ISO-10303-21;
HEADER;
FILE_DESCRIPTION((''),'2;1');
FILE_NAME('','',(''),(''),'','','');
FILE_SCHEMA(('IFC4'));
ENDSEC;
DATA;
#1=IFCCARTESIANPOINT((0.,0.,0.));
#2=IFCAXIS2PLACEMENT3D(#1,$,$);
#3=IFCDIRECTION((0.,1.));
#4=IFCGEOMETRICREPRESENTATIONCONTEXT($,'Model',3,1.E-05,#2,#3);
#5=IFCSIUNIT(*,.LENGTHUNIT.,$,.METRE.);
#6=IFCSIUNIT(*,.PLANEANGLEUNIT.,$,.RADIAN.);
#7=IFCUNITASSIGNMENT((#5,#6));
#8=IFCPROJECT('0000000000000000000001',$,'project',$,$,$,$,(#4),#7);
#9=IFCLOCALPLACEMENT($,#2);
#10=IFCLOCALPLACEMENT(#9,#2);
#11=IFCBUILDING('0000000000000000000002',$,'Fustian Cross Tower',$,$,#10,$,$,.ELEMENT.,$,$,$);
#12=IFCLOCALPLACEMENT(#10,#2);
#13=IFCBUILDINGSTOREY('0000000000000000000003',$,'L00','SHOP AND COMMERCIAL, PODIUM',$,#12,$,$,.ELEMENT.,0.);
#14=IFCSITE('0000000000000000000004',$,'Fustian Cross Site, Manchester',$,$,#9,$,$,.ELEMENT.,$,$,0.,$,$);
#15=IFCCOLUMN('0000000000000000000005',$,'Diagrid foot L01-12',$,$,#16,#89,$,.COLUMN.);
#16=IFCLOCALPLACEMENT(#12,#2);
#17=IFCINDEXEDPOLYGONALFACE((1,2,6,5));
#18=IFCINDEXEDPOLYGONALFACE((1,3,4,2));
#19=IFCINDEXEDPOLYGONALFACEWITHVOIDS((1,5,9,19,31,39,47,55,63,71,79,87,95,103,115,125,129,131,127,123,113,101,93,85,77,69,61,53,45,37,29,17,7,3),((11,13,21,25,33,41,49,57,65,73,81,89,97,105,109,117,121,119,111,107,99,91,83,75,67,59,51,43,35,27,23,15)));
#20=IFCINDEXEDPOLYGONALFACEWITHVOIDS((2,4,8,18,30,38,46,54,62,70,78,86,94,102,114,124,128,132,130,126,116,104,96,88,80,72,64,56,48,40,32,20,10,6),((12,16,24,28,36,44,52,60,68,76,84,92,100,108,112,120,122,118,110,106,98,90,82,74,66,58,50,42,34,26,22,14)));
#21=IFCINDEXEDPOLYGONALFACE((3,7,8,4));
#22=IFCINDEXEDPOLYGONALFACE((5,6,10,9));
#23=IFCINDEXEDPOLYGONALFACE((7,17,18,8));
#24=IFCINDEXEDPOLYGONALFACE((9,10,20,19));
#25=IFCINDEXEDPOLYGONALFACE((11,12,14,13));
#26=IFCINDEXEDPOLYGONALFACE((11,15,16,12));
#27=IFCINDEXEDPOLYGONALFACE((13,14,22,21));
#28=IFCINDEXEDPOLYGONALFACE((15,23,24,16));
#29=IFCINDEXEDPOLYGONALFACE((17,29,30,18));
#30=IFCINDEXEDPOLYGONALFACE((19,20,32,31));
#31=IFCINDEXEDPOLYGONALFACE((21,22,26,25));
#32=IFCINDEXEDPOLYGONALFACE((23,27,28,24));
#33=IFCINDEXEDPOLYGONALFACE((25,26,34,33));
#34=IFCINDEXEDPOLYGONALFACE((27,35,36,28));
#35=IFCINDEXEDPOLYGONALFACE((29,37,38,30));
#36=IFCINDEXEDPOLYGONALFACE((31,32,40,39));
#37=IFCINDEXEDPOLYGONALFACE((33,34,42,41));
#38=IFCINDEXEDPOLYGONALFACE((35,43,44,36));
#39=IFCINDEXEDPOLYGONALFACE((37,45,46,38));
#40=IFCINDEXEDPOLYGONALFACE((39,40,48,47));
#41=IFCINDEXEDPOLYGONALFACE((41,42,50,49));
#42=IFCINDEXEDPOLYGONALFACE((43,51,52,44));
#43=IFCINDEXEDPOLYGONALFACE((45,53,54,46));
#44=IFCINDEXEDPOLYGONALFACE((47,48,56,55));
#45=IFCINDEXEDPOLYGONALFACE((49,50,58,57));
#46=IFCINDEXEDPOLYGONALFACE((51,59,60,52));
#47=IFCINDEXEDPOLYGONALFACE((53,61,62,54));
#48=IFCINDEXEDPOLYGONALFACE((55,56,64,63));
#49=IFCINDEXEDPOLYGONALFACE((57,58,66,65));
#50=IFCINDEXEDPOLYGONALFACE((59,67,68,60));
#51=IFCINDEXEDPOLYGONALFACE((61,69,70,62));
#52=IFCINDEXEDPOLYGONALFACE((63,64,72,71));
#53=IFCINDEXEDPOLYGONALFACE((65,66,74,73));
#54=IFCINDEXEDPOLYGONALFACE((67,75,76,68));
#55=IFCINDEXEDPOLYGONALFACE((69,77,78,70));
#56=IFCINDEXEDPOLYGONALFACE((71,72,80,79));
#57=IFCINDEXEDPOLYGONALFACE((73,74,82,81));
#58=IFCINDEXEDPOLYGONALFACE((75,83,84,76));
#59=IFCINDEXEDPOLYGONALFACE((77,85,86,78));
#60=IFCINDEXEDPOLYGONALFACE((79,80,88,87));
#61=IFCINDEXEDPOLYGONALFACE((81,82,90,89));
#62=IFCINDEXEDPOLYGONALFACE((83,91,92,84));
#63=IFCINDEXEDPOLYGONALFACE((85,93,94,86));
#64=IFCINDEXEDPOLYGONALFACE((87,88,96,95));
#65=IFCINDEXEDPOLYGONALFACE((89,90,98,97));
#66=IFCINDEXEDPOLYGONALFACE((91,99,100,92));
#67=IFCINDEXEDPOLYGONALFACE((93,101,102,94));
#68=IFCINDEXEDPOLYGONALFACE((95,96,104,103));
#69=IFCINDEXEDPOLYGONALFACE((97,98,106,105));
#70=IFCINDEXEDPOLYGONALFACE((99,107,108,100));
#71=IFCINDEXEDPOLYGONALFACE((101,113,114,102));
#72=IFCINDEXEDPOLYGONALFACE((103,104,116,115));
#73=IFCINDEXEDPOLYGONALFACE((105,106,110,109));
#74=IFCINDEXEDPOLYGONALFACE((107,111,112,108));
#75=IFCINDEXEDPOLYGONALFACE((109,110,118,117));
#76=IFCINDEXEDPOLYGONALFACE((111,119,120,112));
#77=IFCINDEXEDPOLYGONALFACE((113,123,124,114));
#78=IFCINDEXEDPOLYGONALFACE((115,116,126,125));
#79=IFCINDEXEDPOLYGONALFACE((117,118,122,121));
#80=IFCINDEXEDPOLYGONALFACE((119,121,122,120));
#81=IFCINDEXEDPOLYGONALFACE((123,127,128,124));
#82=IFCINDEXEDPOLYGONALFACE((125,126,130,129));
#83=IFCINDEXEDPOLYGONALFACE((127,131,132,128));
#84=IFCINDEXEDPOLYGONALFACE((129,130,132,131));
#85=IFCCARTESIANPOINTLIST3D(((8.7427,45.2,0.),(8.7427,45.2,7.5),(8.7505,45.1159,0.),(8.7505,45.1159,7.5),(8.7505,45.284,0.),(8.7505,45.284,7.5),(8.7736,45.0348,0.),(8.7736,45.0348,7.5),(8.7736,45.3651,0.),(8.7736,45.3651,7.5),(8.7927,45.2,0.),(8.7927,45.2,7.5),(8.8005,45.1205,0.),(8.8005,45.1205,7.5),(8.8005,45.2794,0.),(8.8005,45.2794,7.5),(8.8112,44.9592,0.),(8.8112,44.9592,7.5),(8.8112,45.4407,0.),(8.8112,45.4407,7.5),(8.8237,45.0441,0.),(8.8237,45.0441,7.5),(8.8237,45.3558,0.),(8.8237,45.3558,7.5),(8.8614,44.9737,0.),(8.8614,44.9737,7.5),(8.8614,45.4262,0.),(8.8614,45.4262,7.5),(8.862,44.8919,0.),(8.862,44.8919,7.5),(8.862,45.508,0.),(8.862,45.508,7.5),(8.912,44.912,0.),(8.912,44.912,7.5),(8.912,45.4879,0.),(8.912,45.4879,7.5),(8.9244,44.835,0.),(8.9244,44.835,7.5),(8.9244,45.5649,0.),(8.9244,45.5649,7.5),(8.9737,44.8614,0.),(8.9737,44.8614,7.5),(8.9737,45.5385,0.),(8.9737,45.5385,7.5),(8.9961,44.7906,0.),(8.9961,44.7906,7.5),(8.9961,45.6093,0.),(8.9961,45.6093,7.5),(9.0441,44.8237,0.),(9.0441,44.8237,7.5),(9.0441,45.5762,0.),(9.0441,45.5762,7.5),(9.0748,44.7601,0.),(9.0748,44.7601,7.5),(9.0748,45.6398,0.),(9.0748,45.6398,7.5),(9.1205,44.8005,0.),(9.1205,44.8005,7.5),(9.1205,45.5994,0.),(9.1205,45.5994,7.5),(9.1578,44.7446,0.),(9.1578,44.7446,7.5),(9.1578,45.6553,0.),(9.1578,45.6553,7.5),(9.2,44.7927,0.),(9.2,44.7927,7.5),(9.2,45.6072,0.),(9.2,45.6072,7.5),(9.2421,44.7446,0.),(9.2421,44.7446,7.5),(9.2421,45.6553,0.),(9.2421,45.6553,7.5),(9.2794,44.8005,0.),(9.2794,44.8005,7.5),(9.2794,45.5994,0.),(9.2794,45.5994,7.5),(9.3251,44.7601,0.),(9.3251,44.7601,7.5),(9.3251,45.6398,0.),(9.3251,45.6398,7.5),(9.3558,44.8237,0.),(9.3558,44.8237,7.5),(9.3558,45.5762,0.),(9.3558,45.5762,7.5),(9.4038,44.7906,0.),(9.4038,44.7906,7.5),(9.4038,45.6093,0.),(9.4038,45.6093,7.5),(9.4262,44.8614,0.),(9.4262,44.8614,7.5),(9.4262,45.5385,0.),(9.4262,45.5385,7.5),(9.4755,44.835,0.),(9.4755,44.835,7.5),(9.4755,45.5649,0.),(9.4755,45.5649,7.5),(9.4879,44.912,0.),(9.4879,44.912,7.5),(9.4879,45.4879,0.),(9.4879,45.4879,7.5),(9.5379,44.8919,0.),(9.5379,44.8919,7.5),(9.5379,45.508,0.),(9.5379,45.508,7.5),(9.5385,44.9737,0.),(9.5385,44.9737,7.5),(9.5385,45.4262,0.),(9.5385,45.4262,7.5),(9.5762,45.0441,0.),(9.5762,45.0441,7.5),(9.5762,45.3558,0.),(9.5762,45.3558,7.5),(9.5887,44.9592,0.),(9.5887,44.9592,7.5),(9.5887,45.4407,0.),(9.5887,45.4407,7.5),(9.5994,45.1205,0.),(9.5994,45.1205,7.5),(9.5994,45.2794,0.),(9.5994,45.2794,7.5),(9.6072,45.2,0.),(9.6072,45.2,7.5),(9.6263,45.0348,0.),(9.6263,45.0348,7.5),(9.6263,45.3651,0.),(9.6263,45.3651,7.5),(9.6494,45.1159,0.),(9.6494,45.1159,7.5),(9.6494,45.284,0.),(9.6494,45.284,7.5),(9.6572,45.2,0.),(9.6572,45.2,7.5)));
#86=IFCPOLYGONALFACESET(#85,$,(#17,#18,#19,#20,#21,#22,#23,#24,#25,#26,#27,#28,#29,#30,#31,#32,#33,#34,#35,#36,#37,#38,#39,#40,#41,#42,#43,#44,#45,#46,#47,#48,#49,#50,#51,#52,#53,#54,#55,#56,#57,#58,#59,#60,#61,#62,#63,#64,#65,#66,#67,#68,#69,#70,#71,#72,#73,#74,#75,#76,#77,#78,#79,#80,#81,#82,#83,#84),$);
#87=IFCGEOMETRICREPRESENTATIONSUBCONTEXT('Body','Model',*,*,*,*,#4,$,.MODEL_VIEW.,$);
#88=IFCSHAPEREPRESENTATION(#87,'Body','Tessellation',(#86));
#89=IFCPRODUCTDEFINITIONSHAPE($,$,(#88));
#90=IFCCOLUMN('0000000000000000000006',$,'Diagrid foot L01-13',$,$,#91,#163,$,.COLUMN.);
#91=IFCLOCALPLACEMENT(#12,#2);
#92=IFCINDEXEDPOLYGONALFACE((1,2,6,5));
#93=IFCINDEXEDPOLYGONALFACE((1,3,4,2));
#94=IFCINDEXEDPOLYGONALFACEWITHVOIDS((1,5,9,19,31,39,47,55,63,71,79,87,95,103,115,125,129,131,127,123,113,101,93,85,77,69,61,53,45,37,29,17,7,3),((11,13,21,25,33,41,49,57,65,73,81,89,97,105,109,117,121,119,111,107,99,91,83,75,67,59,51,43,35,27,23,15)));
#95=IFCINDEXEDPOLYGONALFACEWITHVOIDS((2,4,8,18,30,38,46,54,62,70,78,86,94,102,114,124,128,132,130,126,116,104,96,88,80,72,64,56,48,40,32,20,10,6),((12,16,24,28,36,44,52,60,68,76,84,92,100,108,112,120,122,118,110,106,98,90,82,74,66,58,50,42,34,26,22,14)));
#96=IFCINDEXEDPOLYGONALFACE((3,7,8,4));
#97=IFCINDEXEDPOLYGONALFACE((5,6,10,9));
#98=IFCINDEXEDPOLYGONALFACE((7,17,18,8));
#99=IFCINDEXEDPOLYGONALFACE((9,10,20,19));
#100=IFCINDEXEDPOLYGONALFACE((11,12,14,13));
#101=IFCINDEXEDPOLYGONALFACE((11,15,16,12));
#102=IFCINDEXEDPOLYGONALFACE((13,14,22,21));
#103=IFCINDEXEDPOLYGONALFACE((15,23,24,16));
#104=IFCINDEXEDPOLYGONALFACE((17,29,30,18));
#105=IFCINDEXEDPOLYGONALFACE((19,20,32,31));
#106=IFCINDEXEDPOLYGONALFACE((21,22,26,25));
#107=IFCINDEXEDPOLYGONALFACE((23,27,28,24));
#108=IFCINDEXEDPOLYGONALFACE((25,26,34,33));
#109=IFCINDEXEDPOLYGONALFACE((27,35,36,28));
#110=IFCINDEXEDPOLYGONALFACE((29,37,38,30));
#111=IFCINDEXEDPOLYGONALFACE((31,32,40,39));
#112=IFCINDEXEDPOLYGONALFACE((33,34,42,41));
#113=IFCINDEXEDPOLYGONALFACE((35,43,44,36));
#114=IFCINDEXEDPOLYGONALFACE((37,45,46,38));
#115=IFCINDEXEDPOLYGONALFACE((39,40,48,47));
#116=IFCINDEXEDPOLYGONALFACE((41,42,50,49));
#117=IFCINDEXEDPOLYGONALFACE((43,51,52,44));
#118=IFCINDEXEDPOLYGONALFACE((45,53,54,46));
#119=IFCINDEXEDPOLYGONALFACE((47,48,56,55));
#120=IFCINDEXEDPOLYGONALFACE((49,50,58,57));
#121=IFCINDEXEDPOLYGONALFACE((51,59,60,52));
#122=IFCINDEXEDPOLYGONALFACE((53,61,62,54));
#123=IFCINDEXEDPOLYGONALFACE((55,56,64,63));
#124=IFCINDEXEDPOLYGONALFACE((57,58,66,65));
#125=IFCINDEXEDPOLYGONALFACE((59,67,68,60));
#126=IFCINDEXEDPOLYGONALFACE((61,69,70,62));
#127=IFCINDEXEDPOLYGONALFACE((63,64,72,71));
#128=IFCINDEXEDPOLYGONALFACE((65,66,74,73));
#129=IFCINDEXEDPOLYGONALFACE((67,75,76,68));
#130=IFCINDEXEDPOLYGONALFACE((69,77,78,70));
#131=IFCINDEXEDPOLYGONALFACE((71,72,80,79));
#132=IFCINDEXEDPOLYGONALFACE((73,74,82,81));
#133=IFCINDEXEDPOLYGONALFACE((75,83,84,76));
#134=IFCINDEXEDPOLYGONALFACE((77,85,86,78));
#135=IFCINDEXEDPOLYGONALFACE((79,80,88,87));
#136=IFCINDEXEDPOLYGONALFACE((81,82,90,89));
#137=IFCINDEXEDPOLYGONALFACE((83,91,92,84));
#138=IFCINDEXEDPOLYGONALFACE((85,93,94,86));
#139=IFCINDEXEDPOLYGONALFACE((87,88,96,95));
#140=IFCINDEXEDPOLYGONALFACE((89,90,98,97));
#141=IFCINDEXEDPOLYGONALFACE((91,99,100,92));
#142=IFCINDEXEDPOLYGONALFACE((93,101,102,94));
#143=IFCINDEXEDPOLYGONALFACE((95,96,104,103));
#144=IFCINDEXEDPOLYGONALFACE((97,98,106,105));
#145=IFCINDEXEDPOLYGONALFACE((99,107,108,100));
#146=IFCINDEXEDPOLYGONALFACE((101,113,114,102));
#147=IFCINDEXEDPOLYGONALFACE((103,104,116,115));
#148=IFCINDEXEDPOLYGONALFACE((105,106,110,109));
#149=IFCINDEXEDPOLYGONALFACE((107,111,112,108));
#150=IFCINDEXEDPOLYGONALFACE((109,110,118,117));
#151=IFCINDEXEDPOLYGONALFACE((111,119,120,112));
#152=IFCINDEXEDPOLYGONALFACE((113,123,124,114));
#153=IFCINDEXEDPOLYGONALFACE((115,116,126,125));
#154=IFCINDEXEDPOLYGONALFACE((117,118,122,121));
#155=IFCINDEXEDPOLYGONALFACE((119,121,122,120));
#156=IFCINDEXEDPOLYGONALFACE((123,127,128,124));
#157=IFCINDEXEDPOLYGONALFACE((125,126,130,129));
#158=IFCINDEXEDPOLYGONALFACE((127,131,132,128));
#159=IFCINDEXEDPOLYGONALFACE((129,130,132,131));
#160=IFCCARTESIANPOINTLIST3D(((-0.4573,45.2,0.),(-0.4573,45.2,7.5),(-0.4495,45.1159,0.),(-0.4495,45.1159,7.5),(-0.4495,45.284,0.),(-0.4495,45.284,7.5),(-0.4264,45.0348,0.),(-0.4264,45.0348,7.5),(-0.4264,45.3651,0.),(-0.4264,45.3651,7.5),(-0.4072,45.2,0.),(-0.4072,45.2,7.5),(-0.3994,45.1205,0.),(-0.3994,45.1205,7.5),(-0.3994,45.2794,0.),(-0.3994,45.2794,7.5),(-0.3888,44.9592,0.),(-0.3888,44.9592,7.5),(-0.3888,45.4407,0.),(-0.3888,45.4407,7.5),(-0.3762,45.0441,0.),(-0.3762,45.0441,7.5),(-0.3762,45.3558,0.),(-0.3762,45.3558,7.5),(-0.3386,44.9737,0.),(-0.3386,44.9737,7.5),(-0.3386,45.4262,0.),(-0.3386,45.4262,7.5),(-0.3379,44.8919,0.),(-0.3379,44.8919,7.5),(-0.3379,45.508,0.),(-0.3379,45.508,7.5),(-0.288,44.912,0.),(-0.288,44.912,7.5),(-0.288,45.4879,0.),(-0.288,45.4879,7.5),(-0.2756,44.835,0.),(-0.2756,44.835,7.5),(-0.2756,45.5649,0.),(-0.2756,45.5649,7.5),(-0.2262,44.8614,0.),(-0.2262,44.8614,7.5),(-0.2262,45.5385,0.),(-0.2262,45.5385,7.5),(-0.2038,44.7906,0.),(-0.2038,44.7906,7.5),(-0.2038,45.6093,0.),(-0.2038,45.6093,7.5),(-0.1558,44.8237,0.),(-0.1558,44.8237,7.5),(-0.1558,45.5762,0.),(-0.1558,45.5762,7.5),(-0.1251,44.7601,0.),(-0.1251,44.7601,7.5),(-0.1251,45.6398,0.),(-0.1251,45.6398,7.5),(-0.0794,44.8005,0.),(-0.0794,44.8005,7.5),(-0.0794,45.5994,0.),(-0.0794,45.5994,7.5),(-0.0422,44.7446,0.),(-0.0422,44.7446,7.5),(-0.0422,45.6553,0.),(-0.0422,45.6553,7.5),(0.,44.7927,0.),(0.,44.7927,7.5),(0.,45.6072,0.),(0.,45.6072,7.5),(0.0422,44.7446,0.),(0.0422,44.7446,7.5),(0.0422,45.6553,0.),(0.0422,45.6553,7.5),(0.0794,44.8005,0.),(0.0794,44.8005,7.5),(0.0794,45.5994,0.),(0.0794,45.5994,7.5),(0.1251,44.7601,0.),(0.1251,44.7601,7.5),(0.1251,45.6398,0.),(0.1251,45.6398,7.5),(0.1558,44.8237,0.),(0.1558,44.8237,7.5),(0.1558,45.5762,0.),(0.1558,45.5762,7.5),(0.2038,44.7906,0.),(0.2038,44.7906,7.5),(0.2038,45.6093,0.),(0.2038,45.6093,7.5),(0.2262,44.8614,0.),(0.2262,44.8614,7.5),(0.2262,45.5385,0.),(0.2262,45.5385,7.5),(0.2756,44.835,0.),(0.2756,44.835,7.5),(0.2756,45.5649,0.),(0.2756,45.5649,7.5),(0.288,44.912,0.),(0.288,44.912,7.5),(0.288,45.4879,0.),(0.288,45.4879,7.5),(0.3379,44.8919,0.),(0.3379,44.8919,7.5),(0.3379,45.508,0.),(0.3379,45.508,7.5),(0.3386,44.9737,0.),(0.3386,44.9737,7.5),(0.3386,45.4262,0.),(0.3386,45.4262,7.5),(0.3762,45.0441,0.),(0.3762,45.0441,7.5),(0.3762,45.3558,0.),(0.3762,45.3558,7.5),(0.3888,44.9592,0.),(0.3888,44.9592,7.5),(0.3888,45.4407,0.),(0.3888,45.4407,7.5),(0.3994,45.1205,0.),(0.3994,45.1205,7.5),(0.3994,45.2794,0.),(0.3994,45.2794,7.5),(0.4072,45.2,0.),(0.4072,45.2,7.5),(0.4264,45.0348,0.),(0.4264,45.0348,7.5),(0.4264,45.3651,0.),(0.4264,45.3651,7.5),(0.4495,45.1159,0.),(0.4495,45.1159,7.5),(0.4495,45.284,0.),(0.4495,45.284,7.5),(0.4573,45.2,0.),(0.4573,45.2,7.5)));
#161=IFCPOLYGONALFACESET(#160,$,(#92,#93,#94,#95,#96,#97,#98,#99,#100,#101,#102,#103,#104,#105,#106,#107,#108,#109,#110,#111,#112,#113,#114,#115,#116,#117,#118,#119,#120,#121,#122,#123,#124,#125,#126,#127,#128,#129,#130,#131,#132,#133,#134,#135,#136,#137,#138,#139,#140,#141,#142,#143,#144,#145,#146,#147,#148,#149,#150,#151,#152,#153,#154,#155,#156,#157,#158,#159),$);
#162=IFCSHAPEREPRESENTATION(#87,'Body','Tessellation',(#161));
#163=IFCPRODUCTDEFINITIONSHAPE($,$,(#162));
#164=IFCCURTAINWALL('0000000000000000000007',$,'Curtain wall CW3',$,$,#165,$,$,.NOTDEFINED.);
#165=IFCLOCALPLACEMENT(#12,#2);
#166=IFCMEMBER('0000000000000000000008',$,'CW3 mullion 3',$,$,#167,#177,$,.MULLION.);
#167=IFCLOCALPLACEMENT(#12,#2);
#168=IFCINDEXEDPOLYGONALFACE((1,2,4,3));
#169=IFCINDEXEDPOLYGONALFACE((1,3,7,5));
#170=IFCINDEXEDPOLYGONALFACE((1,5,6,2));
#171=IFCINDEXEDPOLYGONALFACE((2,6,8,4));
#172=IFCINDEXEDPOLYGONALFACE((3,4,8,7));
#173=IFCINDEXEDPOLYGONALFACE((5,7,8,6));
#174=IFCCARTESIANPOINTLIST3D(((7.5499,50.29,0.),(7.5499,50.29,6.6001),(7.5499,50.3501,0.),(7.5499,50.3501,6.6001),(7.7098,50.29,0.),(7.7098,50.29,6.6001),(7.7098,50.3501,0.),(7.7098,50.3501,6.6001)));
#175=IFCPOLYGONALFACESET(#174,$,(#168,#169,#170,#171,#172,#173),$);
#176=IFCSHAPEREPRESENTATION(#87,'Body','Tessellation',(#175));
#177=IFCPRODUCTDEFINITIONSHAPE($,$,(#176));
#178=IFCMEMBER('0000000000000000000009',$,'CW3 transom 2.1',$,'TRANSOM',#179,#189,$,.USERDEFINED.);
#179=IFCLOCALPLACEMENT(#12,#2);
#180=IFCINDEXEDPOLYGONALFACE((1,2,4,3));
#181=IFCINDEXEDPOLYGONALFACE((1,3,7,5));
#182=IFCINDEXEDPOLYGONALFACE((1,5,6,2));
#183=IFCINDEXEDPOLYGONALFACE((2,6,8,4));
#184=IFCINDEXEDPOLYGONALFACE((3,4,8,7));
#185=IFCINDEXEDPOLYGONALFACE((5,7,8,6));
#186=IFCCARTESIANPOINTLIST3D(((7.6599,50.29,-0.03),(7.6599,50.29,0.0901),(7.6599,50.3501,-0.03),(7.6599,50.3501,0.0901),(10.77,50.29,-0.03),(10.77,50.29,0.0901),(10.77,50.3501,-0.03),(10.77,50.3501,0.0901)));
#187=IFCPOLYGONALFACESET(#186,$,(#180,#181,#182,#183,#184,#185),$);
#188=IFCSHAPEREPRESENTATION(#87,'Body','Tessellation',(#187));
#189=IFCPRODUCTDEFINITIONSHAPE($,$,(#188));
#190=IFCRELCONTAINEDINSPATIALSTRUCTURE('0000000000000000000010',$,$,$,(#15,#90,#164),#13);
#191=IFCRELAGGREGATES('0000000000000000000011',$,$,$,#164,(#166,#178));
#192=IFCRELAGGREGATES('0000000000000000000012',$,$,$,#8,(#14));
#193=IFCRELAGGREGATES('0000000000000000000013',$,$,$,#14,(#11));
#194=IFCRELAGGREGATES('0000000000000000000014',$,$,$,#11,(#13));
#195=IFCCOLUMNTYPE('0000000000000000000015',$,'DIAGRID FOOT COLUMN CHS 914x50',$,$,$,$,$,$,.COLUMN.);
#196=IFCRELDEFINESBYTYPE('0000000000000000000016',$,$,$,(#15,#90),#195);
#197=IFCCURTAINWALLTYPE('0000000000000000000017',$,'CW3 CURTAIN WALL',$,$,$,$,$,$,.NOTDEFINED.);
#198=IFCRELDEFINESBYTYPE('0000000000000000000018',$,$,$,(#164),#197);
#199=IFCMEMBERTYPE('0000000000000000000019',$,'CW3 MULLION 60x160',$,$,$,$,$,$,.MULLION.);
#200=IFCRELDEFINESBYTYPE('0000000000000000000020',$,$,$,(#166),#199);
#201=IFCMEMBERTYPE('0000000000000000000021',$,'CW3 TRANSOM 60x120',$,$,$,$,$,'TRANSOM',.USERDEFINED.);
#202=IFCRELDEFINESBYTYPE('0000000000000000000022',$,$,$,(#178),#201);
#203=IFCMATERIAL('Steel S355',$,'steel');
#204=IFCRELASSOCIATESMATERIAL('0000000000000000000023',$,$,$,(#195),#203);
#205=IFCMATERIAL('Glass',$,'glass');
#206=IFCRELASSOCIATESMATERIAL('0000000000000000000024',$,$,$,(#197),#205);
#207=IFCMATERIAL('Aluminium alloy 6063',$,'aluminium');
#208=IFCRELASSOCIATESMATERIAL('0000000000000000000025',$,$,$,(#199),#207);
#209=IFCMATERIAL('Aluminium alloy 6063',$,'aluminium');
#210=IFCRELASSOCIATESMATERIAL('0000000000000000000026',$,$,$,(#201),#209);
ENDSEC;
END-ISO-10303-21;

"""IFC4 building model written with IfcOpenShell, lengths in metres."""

from ifc_helpers import new_model, si_unit, direction, frame, origin, origin_2d, place, context, subcontext, project, spatial, rectangle, hollow_circle, extrude, material, material_profile, profile_set, type_object, element, aggregate, save


model = new_model("IFC4")

# Units and contexts
model_context = context("Model", 3, precision=1e-05, world=origin(), true_north=direction((0.0, 1.0)))
body_context = subcontext(model_context, "Body", "Model", "MODEL_VIEW")
ifc_project = project(units=[si_unit("LENGTHUNIT", "METRE"), si_unit("PLANEANGLEUNIT", "RADIAN")], contexts=[model_context])

# Site, building, storey
site_placement = place(None, origin())
site = spatial("IfcSite", under=ifc_project, at=site_placement, Name="Fustian Cross Site, Manchester", CompositionType="ELEMENT", RefElevation=0.0)
building_placement = place(site_placement, origin())
building = spatial("IfcBuilding", under=site, at=building_placement, Name="Fustian Cross Tower", CompositionType="ELEMENT")
storey_placement = place(building_placement, origin())
storey = spatial("IfcBuildingStorey", under=building, at=storey_placement, Name="L00", Description="SHOP AND COMMERCIAL, PODIUM", CompositionType="ELEMENT", Elevation=0.0)

# Columns
ifc_material_1 = material(Name="Steel S355", Category="steel")
ifc_material_profile_1 = material_profile(ifc_material_1, hollow_circle(Radius=0.4573, WallThickness=0.05, at=origin_2d()), Name="CHS 914x50")
ifc_profile_set_1 = profile_set([ifc_material_profile_1], Name="Steel S355")
column_type_1 = type_object("IfcColumnType", Name="DIAGRID FOOT COLUMN CHS 914x50", PredefinedType="COLUMN", material=ifc_profile_set_1)
for number, where, z_axis, x_axis, name in (
    (1, (9.2, 45.2, 0.0), (0.0, 0.0, 1.0), (1.0, 0.0, 0.0), "Diagrid foot L01-12"),
    (2, (0.0, 45.2, 0.0), (0.0, 0.0, 1.0), (1.0, 0.0, 0.0), "Diagrid foot L01-13"),
):
    element("IfcColumn", number, at=place(storey_placement, frame(where, z_axis=z_axis, x_axis=x_axis)), inside=storey, type_object=column_type_1, Name=name, PredefinedType="COLUMN", context=body_context, shape_type="SweptSolid", body=[
        extrude(hollow_circle(Radius=0.4573, WallThickness=0.05, at=origin_2d()), origin(), (0.0, 0.0, 1.0), 7.5),
    ])

# Curtain wall, members
ifc_material_2 = material(Name="Glass", Category="glass")
curtain_wall_type = type_object("IfcCurtainWallType", Name="CW3 CURTAIN WALL", PredefinedType="NOTDEFINED", material=ifc_material_2)
curtain_wall_placement = place(storey_placement, origin())
curtain_wall = element("IfcCurtainWall", 3, at=curtain_wall_placement, inside=storey, type_object=curtain_wall_type, Name="Curtain wall CW3", PredefinedType="NOTDEFINED")
ifc_material_3 = material(Name="Aluminium alloy 6063", Category="aluminium")
ifc_material_profile_2 = material_profile(ifc_material_3, rectangle(XDim=0.0601, YDim=0.1599, at=origin_2d()), Name="CW3 MULLION 60x160")
ifc_profile_set_2 = profile_set([ifc_material_profile_2], Name="Aluminium alloy 6063")
member_type_1 = type_object("IfcMemberType", Name="CW3 MULLION 60x160", PredefinedType="MULLION", material=ifc_profile_set_2)
member_1_placement = place(storey_placement, frame((7.6299, 50.3201, 0.0), z_axis=(0.0, 0.0, 1.0), x_axis=(0.0, -1.0, 0.0)))
member_1 = element("IfcMember", 4, at=member_1_placement, type_object=member_type_1, Name="CW3 mullion 3", PredefinedType="MULLION", context=body_context, shape_type="SweptSolid", body=[
    extrude(rectangle(XDim=0.0601, YDim=0.1599, at=origin_2d()), origin(), (0.0, 0.0, 1.0), 6.6001),
])
ifc_material_4 = material(Name="Aluminium alloy 6063", Category="aluminium")
ifc_material_profile_3 = material_profile(ifc_material_4, rectangle(XDim=0.0601, YDim=0.1201, at=origin_2d()), Name="CW3 TRANSOM 60x120")
ifc_profile_set_3 = profile_set([ifc_material_profile_3], Name="Aluminium alloy 6063")
member_type_2 = type_object("IfcMemberType", Name="CW3 TRANSOM 60x120", ElementType="TRANSOM", PredefinedType="USERDEFINED", material=ifc_profile_set_3)
member_2_placement = place(storey_placement, frame((10.77, 50.3201, 0.03), z_axis=(-1.0, 0.0, 0.0), x_axis=(0.0, -1.0, 0.0)))
member_2 = element("IfcMember", 5, at=member_2_placement, type_object=member_type_2, Name="CW3 transom 2.1", ObjectType="TRANSOM", PredefinedType="USERDEFINED", context=body_context, shape_type="SweptSolid", body=[
    extrude(rectangle(XDim=0.0601, YDim=0.1201, at=origin_2d()), origin(), (0.0, 0.0, 1.0), 3.1101),
])
aggregate(curtain_wall, [member_1, member_2])

save(model, "model.ifc")
